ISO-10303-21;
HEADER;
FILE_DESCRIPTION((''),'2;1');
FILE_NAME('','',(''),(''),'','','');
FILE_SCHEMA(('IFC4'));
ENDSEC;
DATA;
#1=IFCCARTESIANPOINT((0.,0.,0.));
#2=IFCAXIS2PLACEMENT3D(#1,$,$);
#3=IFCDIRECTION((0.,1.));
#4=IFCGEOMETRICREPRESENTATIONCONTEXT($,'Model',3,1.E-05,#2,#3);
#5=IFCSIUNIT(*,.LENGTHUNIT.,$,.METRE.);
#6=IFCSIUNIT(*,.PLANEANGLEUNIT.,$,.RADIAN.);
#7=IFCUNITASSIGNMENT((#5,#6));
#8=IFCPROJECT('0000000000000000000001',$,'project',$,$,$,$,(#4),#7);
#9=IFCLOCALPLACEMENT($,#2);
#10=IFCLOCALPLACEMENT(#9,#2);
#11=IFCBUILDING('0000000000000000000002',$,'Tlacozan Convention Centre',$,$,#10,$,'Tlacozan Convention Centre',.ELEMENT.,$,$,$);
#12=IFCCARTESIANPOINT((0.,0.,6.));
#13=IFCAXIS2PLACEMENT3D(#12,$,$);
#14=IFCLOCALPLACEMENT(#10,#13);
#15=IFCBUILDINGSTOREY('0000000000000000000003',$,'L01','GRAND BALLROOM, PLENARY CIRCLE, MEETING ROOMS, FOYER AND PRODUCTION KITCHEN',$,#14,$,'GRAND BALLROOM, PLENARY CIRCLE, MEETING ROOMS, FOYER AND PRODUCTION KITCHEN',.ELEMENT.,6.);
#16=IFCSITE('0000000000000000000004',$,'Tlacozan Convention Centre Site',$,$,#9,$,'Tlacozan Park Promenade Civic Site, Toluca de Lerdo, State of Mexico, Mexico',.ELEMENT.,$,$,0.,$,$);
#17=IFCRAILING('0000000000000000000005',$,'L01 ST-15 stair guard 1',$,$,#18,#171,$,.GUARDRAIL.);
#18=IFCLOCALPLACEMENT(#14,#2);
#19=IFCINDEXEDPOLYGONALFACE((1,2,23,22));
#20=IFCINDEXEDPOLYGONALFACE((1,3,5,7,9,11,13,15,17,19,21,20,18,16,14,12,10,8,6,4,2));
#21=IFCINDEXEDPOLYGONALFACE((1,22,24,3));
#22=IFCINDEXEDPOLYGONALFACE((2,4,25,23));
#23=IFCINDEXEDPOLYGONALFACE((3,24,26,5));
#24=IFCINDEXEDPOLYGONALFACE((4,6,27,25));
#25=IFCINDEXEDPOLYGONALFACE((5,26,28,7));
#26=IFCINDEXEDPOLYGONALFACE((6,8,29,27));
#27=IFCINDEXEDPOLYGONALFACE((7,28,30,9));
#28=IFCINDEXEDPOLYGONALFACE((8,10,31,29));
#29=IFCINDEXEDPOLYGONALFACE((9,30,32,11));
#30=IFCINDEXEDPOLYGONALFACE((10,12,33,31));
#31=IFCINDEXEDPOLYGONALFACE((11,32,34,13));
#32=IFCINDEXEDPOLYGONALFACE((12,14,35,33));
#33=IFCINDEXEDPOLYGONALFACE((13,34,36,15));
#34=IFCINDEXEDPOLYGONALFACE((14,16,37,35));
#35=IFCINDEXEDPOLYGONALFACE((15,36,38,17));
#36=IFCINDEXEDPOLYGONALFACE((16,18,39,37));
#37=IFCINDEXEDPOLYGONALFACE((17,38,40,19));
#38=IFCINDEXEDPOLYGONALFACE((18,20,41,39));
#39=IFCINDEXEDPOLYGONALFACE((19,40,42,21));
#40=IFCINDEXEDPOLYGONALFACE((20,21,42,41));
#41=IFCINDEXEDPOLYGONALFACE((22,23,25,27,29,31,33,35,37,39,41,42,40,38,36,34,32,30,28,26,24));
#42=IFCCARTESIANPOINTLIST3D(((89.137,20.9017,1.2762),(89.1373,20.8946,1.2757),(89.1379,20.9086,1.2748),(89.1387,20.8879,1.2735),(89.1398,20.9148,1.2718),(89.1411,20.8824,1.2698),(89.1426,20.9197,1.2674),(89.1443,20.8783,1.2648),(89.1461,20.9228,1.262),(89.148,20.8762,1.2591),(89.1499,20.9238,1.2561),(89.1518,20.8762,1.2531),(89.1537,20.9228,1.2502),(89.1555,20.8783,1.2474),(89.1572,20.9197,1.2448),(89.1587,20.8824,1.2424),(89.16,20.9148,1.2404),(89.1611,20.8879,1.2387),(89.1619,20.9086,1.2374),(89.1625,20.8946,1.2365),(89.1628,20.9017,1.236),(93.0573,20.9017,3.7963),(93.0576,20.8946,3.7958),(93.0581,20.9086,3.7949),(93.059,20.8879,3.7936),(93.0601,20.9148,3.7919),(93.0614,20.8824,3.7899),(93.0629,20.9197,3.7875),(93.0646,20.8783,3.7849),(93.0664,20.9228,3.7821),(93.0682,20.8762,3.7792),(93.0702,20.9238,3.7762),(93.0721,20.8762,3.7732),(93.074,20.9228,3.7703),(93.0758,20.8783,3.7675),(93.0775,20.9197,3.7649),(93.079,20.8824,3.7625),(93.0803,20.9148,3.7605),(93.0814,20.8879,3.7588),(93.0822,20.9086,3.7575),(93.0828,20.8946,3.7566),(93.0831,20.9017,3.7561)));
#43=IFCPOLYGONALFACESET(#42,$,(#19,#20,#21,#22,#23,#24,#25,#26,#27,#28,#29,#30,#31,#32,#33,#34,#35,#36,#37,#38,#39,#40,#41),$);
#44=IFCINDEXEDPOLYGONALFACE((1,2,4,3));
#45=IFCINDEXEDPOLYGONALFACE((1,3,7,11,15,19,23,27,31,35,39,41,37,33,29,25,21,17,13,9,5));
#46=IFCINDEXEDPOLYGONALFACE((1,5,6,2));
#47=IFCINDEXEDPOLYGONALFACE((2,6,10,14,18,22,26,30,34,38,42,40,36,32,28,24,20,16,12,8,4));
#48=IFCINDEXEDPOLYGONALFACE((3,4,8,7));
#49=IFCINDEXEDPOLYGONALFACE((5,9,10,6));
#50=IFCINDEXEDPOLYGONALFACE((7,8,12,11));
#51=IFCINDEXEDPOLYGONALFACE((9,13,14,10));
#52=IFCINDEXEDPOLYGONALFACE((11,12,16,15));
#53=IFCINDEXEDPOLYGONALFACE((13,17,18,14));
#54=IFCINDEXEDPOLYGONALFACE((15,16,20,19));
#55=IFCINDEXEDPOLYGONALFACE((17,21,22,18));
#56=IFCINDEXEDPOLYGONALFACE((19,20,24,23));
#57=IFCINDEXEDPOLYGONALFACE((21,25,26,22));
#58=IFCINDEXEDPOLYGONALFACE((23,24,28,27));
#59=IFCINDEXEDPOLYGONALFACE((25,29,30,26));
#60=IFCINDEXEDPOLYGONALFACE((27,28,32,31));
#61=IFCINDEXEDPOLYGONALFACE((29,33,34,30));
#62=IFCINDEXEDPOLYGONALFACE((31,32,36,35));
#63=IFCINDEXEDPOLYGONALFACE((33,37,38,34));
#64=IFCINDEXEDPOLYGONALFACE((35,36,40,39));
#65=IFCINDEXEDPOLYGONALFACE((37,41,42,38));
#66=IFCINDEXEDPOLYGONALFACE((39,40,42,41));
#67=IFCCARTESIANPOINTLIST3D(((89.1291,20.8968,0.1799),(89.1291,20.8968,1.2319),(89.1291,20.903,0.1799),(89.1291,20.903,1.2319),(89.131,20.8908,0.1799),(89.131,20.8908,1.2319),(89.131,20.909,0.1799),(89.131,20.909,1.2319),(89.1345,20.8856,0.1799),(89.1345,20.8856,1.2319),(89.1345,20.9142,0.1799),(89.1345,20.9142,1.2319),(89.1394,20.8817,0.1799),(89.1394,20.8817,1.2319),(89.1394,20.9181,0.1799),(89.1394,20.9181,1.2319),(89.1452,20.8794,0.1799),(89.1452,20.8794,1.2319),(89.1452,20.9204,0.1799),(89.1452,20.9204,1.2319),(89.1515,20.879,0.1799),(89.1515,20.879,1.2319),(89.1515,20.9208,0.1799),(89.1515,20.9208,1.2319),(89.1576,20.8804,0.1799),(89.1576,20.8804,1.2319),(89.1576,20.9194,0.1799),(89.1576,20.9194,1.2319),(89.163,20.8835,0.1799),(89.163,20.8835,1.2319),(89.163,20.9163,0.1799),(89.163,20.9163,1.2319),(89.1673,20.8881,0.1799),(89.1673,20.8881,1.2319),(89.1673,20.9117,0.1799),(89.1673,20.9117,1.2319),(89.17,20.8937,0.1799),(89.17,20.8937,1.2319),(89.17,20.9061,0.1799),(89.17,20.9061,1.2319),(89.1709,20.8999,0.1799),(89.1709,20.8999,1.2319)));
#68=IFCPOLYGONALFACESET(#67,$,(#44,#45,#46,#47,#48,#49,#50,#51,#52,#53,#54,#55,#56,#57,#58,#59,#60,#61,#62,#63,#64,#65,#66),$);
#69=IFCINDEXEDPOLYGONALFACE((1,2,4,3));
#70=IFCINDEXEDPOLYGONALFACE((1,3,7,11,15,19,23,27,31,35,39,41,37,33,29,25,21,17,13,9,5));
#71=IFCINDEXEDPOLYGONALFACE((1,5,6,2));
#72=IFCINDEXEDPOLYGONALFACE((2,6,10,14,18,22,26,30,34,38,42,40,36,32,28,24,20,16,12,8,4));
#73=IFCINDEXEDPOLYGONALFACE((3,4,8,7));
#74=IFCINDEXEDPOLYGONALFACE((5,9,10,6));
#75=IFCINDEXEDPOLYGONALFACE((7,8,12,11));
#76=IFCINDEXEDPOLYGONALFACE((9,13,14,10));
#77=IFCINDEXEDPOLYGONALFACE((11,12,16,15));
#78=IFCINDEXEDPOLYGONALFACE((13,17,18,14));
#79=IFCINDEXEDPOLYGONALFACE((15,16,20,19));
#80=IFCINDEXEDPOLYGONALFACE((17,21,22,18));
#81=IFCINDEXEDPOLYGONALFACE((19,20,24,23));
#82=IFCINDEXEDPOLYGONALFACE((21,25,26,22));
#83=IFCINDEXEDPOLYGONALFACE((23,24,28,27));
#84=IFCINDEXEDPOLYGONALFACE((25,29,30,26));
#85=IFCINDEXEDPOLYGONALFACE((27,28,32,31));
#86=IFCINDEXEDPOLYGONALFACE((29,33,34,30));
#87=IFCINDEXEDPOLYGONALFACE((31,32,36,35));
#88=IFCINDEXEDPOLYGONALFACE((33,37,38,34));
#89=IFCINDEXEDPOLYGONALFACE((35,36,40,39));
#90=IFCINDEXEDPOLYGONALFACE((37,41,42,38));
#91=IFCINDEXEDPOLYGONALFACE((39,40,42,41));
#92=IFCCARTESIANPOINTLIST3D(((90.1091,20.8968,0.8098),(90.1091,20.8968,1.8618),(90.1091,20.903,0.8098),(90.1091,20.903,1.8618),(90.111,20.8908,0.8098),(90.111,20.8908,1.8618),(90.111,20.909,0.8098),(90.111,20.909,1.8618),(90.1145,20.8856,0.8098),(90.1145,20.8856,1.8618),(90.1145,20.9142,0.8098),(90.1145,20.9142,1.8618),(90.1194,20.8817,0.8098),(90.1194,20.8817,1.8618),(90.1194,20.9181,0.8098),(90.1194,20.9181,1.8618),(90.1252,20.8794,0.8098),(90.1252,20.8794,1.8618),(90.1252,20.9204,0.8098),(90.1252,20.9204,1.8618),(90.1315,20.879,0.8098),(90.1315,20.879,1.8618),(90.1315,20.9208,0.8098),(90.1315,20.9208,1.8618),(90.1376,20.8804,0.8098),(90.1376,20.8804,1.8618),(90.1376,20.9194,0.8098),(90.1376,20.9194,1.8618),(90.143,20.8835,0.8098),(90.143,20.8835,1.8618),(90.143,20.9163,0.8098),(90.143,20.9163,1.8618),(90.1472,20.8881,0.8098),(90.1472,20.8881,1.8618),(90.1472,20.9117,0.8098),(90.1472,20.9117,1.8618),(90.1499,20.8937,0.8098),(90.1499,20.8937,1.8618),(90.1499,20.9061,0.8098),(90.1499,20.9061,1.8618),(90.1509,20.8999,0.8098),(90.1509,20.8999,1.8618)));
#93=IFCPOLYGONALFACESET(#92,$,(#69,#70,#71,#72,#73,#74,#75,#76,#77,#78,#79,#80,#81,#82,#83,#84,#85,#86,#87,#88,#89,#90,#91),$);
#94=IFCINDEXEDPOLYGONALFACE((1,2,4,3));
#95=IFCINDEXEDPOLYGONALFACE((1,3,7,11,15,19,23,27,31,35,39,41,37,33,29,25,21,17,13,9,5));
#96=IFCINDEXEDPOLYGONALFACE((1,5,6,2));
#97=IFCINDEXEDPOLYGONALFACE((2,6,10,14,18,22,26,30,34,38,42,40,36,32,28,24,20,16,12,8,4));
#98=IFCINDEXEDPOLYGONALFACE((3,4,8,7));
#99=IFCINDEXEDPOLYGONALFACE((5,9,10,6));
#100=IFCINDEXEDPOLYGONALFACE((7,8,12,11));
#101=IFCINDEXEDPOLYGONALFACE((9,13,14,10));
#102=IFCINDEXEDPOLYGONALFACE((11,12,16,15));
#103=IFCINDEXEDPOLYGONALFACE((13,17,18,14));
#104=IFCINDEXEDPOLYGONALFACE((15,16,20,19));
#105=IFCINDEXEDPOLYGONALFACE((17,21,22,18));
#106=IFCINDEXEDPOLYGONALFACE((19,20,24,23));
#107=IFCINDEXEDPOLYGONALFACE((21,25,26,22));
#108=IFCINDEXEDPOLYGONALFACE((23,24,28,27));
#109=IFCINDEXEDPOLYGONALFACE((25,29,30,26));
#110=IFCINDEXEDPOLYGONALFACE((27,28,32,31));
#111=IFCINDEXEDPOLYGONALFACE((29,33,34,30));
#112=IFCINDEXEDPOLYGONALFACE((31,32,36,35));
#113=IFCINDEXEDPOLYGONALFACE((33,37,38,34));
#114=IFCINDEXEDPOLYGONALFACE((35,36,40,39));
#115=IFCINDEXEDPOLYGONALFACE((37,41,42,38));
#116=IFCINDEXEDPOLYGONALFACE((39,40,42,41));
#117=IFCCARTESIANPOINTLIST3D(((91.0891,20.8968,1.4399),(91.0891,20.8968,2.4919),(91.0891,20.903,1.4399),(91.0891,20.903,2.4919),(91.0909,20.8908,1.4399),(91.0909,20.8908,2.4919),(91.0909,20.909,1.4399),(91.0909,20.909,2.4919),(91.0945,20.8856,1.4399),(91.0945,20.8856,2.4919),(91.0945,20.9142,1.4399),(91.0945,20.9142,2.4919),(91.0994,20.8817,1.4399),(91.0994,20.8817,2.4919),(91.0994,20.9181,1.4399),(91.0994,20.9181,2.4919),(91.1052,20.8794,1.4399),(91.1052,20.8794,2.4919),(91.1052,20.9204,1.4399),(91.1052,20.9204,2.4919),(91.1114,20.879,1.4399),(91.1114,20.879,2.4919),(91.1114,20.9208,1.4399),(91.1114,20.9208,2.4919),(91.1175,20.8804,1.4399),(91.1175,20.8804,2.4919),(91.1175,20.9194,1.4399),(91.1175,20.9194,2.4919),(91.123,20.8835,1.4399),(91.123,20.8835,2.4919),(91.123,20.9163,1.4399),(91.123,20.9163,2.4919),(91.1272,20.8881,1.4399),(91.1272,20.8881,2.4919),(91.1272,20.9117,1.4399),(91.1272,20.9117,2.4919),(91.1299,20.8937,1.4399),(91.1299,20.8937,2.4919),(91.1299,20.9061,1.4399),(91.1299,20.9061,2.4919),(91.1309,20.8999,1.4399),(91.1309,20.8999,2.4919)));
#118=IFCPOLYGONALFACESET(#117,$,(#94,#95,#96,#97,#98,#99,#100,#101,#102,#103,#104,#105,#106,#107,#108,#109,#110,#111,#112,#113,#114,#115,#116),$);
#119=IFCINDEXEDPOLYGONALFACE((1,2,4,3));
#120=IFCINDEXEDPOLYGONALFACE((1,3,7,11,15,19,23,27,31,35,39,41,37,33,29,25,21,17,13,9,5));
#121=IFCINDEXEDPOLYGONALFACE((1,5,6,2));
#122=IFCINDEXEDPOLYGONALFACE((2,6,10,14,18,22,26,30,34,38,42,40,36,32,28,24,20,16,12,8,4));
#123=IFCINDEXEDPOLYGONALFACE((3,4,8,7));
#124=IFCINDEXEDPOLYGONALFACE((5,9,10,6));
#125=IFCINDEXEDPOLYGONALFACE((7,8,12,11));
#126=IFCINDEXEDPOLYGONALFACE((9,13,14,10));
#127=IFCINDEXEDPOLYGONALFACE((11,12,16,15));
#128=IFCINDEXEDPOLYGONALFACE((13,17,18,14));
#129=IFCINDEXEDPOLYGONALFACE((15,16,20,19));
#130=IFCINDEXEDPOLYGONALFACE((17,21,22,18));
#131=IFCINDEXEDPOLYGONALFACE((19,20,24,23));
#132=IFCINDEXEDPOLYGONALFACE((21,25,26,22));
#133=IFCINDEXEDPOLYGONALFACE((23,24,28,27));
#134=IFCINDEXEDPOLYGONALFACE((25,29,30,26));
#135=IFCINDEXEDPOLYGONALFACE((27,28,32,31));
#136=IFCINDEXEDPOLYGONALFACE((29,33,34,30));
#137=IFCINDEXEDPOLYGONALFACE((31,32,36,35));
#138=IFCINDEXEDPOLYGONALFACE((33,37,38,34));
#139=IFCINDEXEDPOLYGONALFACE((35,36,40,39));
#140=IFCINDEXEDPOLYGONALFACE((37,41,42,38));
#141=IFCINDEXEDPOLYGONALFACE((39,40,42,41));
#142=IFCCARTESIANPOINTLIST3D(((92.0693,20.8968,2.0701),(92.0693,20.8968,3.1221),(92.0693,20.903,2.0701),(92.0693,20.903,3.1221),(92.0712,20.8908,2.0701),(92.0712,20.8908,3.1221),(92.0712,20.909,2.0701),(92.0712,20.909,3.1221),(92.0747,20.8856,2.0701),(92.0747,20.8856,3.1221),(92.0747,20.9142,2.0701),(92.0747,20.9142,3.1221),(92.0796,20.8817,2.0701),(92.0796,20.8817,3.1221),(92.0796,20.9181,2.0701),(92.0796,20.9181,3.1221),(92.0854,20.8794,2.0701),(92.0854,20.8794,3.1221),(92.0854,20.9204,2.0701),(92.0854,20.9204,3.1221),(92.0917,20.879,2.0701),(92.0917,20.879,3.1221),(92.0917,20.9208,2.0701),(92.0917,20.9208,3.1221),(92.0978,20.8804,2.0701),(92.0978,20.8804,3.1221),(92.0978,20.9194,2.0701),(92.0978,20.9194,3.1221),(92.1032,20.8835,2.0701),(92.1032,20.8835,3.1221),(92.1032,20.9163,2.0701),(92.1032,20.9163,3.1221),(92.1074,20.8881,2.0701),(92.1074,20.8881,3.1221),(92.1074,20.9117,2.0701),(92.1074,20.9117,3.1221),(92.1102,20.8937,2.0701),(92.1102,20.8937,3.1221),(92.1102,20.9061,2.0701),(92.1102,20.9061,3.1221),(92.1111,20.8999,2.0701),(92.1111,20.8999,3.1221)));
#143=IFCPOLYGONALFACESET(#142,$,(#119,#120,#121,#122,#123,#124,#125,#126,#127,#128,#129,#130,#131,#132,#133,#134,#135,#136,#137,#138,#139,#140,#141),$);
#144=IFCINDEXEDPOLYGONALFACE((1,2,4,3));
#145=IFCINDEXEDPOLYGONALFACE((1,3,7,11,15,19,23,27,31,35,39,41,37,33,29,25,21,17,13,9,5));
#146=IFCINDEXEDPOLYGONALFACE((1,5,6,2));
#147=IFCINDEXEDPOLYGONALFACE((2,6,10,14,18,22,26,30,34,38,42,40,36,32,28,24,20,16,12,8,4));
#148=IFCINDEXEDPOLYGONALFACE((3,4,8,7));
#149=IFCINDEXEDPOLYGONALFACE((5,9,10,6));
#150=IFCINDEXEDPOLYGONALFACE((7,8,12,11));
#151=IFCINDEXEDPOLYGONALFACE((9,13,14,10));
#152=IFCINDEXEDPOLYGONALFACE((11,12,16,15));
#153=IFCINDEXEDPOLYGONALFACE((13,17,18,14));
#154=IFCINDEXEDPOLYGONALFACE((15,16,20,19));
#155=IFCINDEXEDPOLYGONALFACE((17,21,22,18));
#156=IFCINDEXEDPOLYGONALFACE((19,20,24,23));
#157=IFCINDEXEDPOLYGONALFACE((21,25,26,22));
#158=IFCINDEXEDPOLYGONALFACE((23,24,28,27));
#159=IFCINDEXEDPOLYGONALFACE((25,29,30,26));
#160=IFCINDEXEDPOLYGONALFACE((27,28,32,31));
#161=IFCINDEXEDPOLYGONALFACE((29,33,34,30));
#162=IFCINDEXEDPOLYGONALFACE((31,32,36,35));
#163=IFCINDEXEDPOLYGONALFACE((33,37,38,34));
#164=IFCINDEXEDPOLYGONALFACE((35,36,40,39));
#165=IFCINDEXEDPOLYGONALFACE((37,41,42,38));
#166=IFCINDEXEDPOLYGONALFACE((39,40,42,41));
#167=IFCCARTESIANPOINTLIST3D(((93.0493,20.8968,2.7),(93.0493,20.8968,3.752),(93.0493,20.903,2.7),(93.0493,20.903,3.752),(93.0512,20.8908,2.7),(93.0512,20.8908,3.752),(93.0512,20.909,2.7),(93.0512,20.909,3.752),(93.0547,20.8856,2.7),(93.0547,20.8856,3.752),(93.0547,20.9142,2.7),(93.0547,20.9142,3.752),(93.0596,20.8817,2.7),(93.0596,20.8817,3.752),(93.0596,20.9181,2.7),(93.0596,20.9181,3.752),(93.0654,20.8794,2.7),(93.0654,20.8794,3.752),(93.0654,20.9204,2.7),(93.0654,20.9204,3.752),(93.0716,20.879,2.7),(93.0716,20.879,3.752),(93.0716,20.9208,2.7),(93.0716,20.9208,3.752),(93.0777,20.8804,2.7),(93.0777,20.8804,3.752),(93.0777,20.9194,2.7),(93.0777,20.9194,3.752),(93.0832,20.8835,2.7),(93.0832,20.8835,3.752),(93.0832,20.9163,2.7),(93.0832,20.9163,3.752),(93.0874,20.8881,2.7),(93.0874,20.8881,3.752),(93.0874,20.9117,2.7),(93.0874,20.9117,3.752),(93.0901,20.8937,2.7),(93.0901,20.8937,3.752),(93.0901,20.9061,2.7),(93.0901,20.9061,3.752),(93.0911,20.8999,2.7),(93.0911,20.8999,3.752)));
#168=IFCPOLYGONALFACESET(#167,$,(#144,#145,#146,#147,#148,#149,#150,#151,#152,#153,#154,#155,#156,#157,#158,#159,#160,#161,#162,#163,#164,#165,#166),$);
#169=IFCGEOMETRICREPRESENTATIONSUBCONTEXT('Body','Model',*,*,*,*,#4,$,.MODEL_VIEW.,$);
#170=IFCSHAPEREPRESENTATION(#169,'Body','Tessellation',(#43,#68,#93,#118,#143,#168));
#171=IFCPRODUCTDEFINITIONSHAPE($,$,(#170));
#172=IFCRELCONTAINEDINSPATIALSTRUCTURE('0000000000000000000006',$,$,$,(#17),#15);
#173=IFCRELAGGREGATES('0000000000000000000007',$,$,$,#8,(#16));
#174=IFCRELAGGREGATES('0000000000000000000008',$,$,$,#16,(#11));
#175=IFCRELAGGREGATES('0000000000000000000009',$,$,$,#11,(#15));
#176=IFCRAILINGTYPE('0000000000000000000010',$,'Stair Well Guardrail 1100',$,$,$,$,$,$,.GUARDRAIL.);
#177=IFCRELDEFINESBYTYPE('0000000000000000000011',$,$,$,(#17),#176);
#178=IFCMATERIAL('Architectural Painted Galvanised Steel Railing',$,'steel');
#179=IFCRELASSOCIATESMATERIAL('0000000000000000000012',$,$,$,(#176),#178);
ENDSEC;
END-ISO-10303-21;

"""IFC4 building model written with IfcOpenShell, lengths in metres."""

from ifc_helpers import new_model, si_unit, direction, frame, origin, origin_2d, place, context, subcontext, project, spatial, circle, extrude, material, type_object, element, save


model = new_model("IFC4")

# Units and contexts
model_context = context("Model", 3, precision=1e-05, world=origin(), true_north=direction((0.0, 1.0)))
body_context = subcontext(model_context, "Body", "Model", "MODEL_VIEW")
ifc_project = project(units=[si_unit("LENGTHUNIT", "METRE"), si_unit("PLANEANGLEUNIT", "RADIAN")], contexts=[model_context])

# Site, building, storey
site_placement = place(None, origin())
site = spatial("IfcSite", under=ifc_project, at=site_placement, Name="Tlacozan Convention Centre Site", LongName="Tlacozan Park Promenade Civic Site, Toluca de Lerdo, State of Mexico, Mexico", CompositionType="ELEMENT", RefElevation=0.0)
building_placement = place(site_placement, origin())
building = spatial("IfcBuilding", under=site, at=building_placement, Name="Tlacozan Convention Centre", LongName="Tlacozan Convention Centre", CompositionType="ELEMENT")
storey_placement = place(building_placement, frame((0.0, 0.0, 6.0)))
storey = spatial("IfcBuildingStorey", under=building, at=storey_placement, Name="L01", Description="GRAND BALLROOM, PLENARY CIRCLE, MEETING ROOMS, FOYER AND PRODUCTION KITCHEN", LongName="GRAND BALLROOM, PLENARY CIRCLE, MEETING ROOMS, FOYER AND PRODUCTION KITCHEN", CompositionType="ELEMENT", Elevation=6.0)

# Railing
ifc_material_1 = material(Name="Architectural Painted Galvanised Steel Railing", Category="steel")
railing_type_1 = type_object("IfcRailingType", Name="Stair Well Guardrail 1100", PredefinedType="GUARDRAIL", material=ifc_material_1)
railing_1_placement = place(storey_placement, frame((89.1499, 20.8999, 0.1799)))
element("IfcRailing", 1, at=railing_1_placement, inside=storey, type_object=railing_type_1, Name="L01 ST-15 stair guard 1", PredefinedType="GUARDRAIL", context=body_context, shape_type="SweptSolid", body=[
    extrude(circle(Radius=0.0239, at=origin_2d()), frame((0.0, 0.0, 1.0762), z_axis=(0.841187, 0.0, 0.540744), x_axis=(0.0, 1.0, 0.0)), (0.0, 0.0, 1.0), 4.6604),
    extrude(circle(Radius=0.021, at=origin_2d()), origin(), (0.0, 0.0, 1.0), 1.052),
    extrude(circle(Radius=0.021, at=origin_2d()), frame((0.98, 0.0, 0.6299)), (0.0, 0.0, 1.0), 1.052),
    extrude(circle(Radius=0.021, at=origin_2d()), frame((1.96, 0.0, 1.26)), (0.0, 0.0, 1.0), 1.052),
    extrude(circle(Radius=0.021, at=origin_2d()), frame((2.9402, 0.0, 1.8901)), (0.0, 0.0, 1.0), 1.052),
    extrude(circle(Radius=0.021, at=origin_2d()), frame((3.9202, 0.0, 2.52)), (0.0, 0.0, 1.0), 1.052),
])

save(model, "model.ifc")
